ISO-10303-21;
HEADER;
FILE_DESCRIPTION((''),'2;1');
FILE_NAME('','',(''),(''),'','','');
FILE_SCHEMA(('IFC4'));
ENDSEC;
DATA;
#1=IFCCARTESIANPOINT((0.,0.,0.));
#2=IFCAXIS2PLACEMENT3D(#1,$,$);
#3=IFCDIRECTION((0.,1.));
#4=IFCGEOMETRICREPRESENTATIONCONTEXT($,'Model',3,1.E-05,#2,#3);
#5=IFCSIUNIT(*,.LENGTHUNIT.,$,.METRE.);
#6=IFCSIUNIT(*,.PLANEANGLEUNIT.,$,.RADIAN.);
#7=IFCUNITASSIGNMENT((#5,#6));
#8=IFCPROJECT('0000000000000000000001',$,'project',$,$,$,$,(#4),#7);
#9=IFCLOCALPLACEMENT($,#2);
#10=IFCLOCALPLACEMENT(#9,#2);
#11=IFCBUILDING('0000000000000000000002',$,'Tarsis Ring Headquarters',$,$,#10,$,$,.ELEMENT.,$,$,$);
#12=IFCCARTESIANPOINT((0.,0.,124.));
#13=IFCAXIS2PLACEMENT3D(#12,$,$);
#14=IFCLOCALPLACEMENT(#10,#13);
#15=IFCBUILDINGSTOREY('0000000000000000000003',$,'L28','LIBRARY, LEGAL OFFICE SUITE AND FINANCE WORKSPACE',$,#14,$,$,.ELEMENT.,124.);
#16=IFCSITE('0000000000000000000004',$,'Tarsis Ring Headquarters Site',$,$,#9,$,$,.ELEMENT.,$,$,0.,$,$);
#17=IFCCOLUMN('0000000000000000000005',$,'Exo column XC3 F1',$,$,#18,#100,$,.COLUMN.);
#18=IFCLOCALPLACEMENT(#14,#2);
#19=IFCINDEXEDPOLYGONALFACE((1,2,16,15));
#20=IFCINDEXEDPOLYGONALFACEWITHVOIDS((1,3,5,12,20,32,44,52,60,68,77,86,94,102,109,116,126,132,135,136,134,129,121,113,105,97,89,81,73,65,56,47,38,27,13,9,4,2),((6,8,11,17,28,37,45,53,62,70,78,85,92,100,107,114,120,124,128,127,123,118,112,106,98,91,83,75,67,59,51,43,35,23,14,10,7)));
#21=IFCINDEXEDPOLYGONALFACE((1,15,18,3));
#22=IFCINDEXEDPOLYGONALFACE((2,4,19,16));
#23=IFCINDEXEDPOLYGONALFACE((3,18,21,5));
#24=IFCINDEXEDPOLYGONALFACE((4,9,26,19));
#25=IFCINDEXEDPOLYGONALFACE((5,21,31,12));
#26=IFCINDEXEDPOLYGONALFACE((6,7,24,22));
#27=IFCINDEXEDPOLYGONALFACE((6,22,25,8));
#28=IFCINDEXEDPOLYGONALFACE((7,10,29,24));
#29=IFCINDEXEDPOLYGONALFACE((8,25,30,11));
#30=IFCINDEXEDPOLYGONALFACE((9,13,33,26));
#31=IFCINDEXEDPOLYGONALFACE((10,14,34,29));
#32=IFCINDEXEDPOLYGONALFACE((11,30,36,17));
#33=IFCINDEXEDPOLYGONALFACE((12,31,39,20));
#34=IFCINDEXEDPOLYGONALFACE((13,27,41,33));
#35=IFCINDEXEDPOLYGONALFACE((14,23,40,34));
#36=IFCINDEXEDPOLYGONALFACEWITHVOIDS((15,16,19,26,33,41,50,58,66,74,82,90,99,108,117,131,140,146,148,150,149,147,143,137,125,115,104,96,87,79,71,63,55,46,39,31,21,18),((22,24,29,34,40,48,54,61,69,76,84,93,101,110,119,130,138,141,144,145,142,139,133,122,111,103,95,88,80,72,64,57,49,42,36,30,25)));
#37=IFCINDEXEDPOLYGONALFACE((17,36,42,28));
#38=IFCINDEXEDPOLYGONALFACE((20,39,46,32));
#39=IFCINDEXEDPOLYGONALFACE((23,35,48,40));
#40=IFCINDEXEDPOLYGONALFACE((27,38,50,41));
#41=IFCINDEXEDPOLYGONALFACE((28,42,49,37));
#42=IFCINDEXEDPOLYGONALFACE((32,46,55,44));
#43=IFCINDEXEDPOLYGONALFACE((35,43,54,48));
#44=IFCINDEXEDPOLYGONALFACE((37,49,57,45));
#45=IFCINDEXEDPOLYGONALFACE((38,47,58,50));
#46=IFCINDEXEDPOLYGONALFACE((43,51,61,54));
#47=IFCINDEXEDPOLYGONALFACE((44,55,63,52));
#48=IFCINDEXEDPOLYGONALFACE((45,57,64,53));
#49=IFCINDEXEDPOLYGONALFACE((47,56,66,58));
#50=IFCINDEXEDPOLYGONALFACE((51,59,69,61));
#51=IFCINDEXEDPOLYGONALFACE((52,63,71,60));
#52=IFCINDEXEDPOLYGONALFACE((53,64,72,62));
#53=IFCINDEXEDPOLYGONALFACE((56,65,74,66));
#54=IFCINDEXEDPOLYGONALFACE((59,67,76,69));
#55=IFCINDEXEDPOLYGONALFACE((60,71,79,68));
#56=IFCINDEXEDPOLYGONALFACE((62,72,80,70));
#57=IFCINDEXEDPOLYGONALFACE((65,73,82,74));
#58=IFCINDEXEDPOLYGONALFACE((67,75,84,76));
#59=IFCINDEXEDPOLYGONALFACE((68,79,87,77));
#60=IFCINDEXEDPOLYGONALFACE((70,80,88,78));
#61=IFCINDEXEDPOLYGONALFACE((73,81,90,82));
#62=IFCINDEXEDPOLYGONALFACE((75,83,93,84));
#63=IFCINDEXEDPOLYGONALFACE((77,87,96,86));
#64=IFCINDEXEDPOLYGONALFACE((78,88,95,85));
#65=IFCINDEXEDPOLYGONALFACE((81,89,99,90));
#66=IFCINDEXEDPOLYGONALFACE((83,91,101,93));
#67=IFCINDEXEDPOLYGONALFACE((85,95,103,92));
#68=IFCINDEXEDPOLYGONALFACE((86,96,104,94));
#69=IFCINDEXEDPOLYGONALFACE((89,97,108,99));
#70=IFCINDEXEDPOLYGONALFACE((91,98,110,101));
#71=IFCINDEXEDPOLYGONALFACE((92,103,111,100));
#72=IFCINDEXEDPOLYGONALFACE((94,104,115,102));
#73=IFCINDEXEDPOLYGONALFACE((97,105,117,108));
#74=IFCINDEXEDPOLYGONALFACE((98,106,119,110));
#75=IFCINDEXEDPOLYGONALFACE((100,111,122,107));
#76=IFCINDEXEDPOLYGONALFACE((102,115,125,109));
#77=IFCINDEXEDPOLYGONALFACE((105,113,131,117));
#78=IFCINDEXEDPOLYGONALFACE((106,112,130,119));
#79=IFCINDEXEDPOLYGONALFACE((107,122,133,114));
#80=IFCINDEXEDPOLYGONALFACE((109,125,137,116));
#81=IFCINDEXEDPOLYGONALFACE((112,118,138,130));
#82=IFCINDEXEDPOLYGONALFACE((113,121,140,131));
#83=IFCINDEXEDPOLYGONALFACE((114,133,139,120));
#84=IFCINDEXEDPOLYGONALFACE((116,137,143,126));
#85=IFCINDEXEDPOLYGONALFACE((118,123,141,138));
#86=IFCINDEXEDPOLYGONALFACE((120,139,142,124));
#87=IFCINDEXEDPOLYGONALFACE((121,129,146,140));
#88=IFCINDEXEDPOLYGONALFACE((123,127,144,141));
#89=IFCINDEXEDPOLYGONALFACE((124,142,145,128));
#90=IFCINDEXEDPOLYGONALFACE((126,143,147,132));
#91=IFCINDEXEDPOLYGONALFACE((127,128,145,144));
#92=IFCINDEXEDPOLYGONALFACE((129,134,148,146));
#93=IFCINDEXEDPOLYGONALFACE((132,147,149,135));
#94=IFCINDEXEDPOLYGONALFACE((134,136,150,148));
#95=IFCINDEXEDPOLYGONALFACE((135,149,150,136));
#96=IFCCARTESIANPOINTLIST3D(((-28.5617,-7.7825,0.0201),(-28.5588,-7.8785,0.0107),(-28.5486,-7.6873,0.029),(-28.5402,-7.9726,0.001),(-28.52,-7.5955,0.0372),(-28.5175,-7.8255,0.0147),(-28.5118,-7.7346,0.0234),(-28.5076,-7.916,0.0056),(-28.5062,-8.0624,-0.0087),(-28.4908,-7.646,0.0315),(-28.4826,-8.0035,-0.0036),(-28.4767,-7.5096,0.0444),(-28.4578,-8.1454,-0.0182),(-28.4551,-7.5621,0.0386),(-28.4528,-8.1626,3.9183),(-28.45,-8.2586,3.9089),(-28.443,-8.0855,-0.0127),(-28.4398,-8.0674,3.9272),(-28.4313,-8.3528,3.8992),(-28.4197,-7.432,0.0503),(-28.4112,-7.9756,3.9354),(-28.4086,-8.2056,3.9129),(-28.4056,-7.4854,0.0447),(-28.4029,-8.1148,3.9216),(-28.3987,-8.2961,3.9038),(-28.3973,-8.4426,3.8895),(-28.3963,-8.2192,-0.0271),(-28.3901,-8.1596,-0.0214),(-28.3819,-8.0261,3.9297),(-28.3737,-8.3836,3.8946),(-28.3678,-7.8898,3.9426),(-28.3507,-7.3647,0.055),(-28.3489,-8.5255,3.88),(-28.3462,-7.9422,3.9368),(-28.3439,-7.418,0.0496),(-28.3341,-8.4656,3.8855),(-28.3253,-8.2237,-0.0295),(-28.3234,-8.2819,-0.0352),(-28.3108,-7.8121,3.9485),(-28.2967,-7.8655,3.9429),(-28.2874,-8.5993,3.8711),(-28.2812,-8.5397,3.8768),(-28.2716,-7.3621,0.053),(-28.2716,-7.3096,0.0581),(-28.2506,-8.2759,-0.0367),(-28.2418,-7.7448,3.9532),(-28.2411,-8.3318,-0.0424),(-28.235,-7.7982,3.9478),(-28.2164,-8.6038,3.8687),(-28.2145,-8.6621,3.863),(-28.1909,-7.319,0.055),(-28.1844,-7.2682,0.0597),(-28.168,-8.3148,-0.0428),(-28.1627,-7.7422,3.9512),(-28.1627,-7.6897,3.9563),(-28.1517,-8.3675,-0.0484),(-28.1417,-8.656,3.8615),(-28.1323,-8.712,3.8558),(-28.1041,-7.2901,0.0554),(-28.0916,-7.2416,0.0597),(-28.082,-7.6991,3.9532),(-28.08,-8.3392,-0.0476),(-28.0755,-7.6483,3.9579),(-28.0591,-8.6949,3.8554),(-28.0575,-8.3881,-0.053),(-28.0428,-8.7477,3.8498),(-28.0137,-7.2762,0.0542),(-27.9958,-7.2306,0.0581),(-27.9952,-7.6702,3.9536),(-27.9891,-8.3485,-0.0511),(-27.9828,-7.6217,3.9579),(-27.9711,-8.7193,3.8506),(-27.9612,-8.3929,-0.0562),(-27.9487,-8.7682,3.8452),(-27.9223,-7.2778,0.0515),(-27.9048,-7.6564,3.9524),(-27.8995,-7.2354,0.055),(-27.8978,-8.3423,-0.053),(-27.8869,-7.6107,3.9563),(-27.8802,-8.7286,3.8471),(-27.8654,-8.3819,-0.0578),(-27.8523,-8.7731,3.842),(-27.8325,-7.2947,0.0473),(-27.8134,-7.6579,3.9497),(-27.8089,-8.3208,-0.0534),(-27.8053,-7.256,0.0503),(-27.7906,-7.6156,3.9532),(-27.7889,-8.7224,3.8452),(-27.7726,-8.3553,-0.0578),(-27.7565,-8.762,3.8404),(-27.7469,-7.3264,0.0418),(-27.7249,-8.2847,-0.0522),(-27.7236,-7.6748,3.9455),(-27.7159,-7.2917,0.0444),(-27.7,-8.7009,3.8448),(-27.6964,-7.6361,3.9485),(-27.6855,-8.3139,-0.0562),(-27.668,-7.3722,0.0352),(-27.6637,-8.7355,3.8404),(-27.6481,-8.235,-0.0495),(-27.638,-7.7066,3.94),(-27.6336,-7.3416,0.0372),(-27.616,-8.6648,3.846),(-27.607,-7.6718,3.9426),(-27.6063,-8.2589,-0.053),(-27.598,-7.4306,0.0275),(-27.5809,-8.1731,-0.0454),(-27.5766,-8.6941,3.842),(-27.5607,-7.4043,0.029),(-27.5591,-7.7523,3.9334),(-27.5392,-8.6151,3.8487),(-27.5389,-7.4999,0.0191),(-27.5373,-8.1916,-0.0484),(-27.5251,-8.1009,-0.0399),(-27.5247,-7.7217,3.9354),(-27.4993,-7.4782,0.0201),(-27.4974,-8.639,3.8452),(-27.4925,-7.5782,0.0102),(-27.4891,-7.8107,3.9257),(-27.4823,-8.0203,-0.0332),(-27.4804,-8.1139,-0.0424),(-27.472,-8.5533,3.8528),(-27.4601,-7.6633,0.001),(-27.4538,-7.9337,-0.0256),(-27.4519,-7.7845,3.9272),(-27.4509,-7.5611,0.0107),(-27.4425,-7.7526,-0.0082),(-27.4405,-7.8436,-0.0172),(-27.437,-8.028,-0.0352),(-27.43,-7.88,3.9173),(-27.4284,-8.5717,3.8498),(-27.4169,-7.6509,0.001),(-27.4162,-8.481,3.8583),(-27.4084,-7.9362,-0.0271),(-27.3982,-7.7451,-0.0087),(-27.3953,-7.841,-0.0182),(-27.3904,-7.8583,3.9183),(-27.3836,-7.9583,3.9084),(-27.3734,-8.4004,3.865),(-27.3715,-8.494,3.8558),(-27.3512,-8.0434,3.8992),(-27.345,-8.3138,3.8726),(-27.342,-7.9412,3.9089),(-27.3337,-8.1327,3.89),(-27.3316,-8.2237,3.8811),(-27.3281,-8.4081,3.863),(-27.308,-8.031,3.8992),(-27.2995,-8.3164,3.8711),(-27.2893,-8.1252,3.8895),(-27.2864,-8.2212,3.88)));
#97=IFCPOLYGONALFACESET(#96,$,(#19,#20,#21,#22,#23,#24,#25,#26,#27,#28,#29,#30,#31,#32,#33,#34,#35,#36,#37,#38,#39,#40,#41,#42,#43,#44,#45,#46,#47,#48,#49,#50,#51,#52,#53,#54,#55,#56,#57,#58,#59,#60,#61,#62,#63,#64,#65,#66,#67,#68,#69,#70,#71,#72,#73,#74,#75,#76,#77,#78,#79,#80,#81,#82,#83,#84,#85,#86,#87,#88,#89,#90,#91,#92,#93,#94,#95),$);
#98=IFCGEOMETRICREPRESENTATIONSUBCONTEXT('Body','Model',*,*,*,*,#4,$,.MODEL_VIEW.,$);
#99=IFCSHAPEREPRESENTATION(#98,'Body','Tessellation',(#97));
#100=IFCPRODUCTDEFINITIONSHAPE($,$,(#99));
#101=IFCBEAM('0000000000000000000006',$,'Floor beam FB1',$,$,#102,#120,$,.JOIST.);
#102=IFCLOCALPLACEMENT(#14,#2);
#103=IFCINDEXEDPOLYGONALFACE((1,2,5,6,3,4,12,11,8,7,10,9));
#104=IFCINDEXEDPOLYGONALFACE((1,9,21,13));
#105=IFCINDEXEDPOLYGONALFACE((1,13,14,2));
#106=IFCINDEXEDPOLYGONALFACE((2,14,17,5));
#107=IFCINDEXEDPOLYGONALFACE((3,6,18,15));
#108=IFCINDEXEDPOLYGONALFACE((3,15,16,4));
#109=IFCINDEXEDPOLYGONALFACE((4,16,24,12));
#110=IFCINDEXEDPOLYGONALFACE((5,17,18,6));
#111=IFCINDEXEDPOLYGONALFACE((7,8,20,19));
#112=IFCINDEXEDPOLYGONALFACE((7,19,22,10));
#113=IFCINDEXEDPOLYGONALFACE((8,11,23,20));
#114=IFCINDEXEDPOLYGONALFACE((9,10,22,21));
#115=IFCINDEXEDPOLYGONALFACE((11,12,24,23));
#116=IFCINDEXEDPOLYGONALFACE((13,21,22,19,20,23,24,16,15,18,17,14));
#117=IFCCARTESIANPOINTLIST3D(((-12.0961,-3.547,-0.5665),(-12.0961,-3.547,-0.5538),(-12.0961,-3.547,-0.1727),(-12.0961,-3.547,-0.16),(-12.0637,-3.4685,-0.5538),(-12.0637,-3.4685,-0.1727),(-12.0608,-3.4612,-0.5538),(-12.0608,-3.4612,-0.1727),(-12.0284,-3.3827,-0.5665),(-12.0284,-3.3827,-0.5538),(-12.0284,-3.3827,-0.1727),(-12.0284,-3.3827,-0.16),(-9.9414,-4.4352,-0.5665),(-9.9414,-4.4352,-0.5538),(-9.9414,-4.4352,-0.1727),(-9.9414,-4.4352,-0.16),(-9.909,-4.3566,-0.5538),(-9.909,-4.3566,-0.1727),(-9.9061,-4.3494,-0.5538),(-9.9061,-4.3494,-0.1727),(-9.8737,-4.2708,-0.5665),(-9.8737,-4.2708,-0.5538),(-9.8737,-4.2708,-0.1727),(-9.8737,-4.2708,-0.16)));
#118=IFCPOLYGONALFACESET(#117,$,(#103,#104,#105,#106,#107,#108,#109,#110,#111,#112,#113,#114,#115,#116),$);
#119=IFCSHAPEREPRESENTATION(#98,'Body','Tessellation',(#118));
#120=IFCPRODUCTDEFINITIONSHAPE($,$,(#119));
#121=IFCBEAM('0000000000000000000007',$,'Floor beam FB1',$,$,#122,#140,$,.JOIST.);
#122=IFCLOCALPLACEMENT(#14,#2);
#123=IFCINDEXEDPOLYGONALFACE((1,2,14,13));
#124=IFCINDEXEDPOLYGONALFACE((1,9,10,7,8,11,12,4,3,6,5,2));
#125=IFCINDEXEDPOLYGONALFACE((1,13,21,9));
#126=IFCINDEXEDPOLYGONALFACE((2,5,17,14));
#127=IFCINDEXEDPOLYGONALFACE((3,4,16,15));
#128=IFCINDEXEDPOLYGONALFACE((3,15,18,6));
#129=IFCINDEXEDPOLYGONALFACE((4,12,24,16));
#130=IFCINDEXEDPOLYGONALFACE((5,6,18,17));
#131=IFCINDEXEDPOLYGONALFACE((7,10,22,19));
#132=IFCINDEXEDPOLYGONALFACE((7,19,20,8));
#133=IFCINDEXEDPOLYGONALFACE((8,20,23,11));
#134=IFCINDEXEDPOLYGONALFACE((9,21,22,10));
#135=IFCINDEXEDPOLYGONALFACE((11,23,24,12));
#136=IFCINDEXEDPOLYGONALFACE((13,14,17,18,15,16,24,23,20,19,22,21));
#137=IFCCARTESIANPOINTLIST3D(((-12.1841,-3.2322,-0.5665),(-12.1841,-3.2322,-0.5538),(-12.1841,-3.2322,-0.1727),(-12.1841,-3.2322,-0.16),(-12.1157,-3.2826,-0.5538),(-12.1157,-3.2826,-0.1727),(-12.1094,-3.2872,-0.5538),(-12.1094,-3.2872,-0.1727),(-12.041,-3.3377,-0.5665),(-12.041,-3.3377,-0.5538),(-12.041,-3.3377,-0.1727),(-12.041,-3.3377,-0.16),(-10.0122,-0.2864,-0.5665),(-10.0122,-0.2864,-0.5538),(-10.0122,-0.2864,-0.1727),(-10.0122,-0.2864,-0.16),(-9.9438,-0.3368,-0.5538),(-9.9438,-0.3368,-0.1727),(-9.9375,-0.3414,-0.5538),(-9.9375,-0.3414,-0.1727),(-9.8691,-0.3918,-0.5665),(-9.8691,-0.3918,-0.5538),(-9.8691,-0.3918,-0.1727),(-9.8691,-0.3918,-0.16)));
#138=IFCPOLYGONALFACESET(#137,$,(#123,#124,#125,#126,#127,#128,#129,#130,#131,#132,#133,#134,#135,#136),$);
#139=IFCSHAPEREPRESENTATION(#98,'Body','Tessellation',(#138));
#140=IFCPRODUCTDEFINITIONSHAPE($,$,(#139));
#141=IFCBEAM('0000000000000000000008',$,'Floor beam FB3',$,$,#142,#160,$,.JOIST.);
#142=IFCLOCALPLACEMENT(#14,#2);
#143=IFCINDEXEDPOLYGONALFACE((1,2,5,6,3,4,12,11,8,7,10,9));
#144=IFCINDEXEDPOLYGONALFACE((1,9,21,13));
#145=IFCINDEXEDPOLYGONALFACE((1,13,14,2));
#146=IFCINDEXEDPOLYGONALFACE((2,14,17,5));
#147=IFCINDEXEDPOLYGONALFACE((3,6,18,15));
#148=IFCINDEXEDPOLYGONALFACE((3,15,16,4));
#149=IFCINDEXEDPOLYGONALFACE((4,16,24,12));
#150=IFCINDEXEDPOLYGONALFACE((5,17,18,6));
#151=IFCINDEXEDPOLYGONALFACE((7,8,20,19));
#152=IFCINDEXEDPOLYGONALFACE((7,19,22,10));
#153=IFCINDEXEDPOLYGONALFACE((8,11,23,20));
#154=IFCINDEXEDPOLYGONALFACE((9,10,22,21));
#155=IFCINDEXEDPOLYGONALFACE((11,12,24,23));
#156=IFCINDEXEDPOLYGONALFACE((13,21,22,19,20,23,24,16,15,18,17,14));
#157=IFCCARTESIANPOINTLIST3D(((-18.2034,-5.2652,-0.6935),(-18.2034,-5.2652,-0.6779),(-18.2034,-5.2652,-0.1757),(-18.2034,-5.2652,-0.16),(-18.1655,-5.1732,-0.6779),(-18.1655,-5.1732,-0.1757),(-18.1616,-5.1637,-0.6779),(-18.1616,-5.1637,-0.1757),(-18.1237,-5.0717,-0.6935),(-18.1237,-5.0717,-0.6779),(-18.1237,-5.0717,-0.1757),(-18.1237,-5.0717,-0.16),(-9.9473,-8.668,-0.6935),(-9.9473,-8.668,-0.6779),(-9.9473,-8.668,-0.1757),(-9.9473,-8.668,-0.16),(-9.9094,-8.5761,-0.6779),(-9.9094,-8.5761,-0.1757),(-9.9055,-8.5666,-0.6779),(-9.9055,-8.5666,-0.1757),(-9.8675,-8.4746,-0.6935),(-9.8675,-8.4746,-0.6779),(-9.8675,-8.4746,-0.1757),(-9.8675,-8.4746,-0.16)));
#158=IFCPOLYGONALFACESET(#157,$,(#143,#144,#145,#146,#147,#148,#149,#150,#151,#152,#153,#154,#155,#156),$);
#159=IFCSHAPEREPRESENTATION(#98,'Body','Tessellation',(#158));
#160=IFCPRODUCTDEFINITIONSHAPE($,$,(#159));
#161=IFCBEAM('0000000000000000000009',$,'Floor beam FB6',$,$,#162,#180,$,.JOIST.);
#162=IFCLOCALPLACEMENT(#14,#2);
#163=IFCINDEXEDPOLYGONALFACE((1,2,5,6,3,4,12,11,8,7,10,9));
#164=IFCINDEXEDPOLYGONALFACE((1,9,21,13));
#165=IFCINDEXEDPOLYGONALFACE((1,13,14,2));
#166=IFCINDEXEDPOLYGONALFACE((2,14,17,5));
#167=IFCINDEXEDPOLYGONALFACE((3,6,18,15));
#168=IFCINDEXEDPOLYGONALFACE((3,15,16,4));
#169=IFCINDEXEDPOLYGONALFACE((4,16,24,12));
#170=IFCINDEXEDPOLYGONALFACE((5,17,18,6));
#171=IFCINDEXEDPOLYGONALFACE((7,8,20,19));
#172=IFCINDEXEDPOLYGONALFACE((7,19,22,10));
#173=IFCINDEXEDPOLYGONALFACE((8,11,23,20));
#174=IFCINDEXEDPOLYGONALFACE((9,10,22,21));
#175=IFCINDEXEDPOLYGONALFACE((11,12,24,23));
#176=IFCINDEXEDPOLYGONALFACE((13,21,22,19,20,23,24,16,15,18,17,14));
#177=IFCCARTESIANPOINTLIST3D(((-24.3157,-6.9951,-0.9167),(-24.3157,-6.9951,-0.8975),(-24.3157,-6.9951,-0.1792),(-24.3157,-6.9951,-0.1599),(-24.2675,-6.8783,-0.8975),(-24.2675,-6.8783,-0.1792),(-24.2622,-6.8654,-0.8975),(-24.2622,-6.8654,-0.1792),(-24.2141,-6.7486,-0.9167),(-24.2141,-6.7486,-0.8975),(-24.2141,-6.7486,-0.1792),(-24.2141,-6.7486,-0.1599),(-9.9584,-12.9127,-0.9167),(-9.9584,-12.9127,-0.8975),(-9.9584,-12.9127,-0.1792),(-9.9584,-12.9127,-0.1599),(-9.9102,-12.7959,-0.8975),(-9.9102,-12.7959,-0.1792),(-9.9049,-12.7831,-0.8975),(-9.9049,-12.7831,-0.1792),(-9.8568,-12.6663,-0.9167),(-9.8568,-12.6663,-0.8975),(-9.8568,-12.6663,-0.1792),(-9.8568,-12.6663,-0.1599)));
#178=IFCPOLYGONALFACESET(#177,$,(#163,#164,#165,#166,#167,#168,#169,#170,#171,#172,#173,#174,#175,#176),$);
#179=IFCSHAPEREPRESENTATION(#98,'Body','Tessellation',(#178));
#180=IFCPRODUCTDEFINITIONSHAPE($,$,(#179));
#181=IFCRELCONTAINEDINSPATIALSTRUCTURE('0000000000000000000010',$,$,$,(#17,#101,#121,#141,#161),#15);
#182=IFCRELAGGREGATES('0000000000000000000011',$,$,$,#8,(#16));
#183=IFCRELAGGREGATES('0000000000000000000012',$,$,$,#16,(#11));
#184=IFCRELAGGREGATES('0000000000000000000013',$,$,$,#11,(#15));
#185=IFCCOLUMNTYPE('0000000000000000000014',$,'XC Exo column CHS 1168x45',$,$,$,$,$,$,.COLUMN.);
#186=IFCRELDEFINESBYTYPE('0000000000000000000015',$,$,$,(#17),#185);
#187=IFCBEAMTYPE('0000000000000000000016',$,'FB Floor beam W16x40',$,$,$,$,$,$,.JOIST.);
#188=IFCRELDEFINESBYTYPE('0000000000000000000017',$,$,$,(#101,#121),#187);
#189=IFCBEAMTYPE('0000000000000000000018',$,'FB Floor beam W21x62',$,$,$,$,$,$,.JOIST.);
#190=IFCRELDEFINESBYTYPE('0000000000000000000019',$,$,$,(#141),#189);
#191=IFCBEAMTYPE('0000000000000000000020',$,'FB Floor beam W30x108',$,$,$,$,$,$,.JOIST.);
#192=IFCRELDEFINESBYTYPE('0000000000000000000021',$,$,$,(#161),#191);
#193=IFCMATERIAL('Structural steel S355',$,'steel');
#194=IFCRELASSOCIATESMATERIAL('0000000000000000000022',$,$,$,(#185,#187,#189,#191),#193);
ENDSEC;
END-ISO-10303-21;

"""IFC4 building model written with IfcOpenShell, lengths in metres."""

from ifc_helpers import new_model, si_unit, direction, frame, origin, origin_2d, place, context, subcontext, project, spatial, hollow_circle, i_section, extrude, material, material_profile, profile_set, type_object, element, save


model = new_model("IFC4")

# Units and contexts
model_context = context("Model", 3, precision=1e-05, world=origin(), true_north=direction((0.0, 1.0)))
body_context = subcontext(model_context, "Body", "Model", "MODEL_VIEW")
ifc_project = project(units=[si_unit("LENGTHUNIT", "METRE"), si_unit("PLANEANGLEUNIT", "RADIAN")], contexts=[model_context])

# Site, building, storey
site_placement = place(None, origin())
site = spatial("IfcSite", under=ifc_project, at=site_placement, Name="Tarsis Ring Headquarters Site", CompositionType="ELEMENT", RefElevation=0.0)
building_placement = place(site_placement, origin())
building = spatial("IfcBuilding", under=site, at=building_placement, Name="Tarsis Ring Headquarters", CompositionType="ELEMENT")
storey_placement = place(building_placement, frame((0.0, 0.0, 124.0)))
storey = spatial("IfcBuildingStorey", under=building, at=storey_placement, Name="L28", Description="LIBRARY, LEGAL OFFICE SUITE AND FINANCE WORKSPACE", CompositionType="ELEMENT", Elevation=124.0)

# Column
ifc_material_1 = material(Name="Structural steel S355", Category="steel")
ifc_material_profile_1 = material_profile(ifc_material_1, hollow_circle(Radius=0.5842, WallThickness=0.0449, at=origin_2d()), Name="CHS 1168x45")
ifc_profile_set_1 = profile_set([ifc_material_profile_1], Name="Structural steel S355")
column_type = type_object("IfcColumnType", Name="XC Exo column CHS 1168x45", PredefinedType="COLUMN", material=ifc_profile_set_1)
column_placement = place(storey_placement, frame((-27.9785, -7.8118, 0.001), z_axis=(0.02779, -0.097016, 0.994895), x_axis=(0.961337, 0.275373, 0.0)))
element("IfcColumn", 1, at=column_placement, inside=storey, type_object=column_type, Name="Exo column XC3 F1", PredefinedType="COLUMN", context=body_context, shape_type="SweptSolid", body=[
    extrude(hollow_circle(Radius=0.5842, WallThickness=0.0449, at=origin_2d()), origin(), (0.0, 0.0, 1.0), 3.9182),
])

# Beams
ifc_material_profile_2 = material_profile(ifc_material_1, i_section(OverallWidth=0.1777, OverallDepth=0.4065, WebThickness=0.0078, FlangeThickness=0.0127, at=origin_2d()), Name="W16x40")
ifc_profile_set_2 = profile_set([ifc_material_profile_2], Name="Structural steel S355")
beam_type_1 = type_object("IfcBeamType", Name="FB Floor beam W16x40", PredefinedType="JOIST", material=ifc_profile_set_2)
beam_1_placement = place(storey_placement, frame((-12.0623, -3.4648, -0.3633), z_axis=(0.924539, -0.381087, 0.0), x_axis=(0.381087, 0.924539, 0.0)))
element("IfcBeam", 2, at=beam_1_placement, inside=storey, type_object=beam_type_1, Name="Floor beam FB1", PredefinedType="JOIST", context=body_context, shape_type="SweptSolid", body=[
    extrude(i_section(OverallWidth=0.1777, OverallDepth=0.4065, WebThickness=0.0078, FlangeThickness=0.0127, at=origin_2d()), origin(), (0.0, 0.0, 1.0), 2.3306),
])
beam_2_placement = place(storey_placement, frame((-9.9407, -0.3391, -0.3633), z_axis=(-0.593427, -0.804888, 0.0), x_axis=(0.804888, -0.593427, 0.0)))
element("IfcBeam", 3, at=beam_2_placement, inside=storey, type_object=beam_type_1, Name="Floor beam FB1", PredefinedType="JOIST", context=body_context, shape_type="SweptSolid", body=[
    extrude(i_section(OverallWidth=0.1777, OverallDepth=0.4065, WebThickness=0.0078, FlangeThickness=0.0127, at=origin_2d()), origin(), (0.0, 0.0, 1.0), 3.6599),
])
ifc_material_profile_3 = material_profile(ifc_material_1, i_section(OverallWidth=0.2092, OverallDepth=0.5334, WebThickness=0.0103, FlangeThickness=0.0156, at=origin_2d()), Name="W21x62")
ifc_profile_set_3 = profile_set([ifc_material_profile_3], Name="Structural steel S355")
beam_type_2 = type_object("IfcBeamType", Name="FB Floor beam W21x62", PredefinedType="JOIST", material=ifc_profile_set_3)
beam_3_placement = place(storey_placement, frame((-18.1636, -5.1685, -0.4268), z_axis=(0.92455, -0.381062, 0.0), x_axis=(0.381062, 0.92455, 0.0)))
element("IfcBeam", 4, at=beam_3_placement, inside=storey, type_object=beam_type_2, Name="Floor beam FB3", PredefinedType="JOIST", context=body_context, shape_type="SweptSolid", body=[
    extrude(i_section(OverallWidth=0.2092, OverallDepth=0.5334, WebThickness=0.0103, FlangeThickness=0.0156, at=origin_2d()), origin(), (0.0, 0.0, 1.0), 8.9299),
])
ifc_material_profile_4 = material_profile(ifc_material_1, i_section(OverallWidth=0.2666, OverallDepth=0.7568, WebThickness=0.0139, FlangeThickness=0.0193, at=origin_2d()), Name="W30x108")
ifc_profile_set_4 = profile_set([ifc_material_profile_4], Name="Structural steel S355")
beam_type_3 = type_object("IfcBeamType", Name="FB Floor beam W30x108", PredefinedType="JOIST", material=ifc_profile_set_4)
beam_4_placement = place(storey_placement, frame((-24.2649, -6.8718, -0.5383), z_axis=(0.924546, -0.381072, 0.0), x_axis=(0.381072, 0.924546, 0.0)))
element("IfcBeam", 5, at=beam_4_placement, inside=storey, type_object=beam_type_3, Name="Floor beam FB6", PredefinedType="JOIST", context=body_context, shape_type="SweptSolid", body=[
    extrude(i_section(OverallWidth=0.2666, OverallDepth=0.7568, WebThickness=0.0139, FlangeThickness=0.0193, at=origin_2d()), origin(), (0.0, 0.0, 1.0), 15.5291),
])

save(model, "model.ifc")
